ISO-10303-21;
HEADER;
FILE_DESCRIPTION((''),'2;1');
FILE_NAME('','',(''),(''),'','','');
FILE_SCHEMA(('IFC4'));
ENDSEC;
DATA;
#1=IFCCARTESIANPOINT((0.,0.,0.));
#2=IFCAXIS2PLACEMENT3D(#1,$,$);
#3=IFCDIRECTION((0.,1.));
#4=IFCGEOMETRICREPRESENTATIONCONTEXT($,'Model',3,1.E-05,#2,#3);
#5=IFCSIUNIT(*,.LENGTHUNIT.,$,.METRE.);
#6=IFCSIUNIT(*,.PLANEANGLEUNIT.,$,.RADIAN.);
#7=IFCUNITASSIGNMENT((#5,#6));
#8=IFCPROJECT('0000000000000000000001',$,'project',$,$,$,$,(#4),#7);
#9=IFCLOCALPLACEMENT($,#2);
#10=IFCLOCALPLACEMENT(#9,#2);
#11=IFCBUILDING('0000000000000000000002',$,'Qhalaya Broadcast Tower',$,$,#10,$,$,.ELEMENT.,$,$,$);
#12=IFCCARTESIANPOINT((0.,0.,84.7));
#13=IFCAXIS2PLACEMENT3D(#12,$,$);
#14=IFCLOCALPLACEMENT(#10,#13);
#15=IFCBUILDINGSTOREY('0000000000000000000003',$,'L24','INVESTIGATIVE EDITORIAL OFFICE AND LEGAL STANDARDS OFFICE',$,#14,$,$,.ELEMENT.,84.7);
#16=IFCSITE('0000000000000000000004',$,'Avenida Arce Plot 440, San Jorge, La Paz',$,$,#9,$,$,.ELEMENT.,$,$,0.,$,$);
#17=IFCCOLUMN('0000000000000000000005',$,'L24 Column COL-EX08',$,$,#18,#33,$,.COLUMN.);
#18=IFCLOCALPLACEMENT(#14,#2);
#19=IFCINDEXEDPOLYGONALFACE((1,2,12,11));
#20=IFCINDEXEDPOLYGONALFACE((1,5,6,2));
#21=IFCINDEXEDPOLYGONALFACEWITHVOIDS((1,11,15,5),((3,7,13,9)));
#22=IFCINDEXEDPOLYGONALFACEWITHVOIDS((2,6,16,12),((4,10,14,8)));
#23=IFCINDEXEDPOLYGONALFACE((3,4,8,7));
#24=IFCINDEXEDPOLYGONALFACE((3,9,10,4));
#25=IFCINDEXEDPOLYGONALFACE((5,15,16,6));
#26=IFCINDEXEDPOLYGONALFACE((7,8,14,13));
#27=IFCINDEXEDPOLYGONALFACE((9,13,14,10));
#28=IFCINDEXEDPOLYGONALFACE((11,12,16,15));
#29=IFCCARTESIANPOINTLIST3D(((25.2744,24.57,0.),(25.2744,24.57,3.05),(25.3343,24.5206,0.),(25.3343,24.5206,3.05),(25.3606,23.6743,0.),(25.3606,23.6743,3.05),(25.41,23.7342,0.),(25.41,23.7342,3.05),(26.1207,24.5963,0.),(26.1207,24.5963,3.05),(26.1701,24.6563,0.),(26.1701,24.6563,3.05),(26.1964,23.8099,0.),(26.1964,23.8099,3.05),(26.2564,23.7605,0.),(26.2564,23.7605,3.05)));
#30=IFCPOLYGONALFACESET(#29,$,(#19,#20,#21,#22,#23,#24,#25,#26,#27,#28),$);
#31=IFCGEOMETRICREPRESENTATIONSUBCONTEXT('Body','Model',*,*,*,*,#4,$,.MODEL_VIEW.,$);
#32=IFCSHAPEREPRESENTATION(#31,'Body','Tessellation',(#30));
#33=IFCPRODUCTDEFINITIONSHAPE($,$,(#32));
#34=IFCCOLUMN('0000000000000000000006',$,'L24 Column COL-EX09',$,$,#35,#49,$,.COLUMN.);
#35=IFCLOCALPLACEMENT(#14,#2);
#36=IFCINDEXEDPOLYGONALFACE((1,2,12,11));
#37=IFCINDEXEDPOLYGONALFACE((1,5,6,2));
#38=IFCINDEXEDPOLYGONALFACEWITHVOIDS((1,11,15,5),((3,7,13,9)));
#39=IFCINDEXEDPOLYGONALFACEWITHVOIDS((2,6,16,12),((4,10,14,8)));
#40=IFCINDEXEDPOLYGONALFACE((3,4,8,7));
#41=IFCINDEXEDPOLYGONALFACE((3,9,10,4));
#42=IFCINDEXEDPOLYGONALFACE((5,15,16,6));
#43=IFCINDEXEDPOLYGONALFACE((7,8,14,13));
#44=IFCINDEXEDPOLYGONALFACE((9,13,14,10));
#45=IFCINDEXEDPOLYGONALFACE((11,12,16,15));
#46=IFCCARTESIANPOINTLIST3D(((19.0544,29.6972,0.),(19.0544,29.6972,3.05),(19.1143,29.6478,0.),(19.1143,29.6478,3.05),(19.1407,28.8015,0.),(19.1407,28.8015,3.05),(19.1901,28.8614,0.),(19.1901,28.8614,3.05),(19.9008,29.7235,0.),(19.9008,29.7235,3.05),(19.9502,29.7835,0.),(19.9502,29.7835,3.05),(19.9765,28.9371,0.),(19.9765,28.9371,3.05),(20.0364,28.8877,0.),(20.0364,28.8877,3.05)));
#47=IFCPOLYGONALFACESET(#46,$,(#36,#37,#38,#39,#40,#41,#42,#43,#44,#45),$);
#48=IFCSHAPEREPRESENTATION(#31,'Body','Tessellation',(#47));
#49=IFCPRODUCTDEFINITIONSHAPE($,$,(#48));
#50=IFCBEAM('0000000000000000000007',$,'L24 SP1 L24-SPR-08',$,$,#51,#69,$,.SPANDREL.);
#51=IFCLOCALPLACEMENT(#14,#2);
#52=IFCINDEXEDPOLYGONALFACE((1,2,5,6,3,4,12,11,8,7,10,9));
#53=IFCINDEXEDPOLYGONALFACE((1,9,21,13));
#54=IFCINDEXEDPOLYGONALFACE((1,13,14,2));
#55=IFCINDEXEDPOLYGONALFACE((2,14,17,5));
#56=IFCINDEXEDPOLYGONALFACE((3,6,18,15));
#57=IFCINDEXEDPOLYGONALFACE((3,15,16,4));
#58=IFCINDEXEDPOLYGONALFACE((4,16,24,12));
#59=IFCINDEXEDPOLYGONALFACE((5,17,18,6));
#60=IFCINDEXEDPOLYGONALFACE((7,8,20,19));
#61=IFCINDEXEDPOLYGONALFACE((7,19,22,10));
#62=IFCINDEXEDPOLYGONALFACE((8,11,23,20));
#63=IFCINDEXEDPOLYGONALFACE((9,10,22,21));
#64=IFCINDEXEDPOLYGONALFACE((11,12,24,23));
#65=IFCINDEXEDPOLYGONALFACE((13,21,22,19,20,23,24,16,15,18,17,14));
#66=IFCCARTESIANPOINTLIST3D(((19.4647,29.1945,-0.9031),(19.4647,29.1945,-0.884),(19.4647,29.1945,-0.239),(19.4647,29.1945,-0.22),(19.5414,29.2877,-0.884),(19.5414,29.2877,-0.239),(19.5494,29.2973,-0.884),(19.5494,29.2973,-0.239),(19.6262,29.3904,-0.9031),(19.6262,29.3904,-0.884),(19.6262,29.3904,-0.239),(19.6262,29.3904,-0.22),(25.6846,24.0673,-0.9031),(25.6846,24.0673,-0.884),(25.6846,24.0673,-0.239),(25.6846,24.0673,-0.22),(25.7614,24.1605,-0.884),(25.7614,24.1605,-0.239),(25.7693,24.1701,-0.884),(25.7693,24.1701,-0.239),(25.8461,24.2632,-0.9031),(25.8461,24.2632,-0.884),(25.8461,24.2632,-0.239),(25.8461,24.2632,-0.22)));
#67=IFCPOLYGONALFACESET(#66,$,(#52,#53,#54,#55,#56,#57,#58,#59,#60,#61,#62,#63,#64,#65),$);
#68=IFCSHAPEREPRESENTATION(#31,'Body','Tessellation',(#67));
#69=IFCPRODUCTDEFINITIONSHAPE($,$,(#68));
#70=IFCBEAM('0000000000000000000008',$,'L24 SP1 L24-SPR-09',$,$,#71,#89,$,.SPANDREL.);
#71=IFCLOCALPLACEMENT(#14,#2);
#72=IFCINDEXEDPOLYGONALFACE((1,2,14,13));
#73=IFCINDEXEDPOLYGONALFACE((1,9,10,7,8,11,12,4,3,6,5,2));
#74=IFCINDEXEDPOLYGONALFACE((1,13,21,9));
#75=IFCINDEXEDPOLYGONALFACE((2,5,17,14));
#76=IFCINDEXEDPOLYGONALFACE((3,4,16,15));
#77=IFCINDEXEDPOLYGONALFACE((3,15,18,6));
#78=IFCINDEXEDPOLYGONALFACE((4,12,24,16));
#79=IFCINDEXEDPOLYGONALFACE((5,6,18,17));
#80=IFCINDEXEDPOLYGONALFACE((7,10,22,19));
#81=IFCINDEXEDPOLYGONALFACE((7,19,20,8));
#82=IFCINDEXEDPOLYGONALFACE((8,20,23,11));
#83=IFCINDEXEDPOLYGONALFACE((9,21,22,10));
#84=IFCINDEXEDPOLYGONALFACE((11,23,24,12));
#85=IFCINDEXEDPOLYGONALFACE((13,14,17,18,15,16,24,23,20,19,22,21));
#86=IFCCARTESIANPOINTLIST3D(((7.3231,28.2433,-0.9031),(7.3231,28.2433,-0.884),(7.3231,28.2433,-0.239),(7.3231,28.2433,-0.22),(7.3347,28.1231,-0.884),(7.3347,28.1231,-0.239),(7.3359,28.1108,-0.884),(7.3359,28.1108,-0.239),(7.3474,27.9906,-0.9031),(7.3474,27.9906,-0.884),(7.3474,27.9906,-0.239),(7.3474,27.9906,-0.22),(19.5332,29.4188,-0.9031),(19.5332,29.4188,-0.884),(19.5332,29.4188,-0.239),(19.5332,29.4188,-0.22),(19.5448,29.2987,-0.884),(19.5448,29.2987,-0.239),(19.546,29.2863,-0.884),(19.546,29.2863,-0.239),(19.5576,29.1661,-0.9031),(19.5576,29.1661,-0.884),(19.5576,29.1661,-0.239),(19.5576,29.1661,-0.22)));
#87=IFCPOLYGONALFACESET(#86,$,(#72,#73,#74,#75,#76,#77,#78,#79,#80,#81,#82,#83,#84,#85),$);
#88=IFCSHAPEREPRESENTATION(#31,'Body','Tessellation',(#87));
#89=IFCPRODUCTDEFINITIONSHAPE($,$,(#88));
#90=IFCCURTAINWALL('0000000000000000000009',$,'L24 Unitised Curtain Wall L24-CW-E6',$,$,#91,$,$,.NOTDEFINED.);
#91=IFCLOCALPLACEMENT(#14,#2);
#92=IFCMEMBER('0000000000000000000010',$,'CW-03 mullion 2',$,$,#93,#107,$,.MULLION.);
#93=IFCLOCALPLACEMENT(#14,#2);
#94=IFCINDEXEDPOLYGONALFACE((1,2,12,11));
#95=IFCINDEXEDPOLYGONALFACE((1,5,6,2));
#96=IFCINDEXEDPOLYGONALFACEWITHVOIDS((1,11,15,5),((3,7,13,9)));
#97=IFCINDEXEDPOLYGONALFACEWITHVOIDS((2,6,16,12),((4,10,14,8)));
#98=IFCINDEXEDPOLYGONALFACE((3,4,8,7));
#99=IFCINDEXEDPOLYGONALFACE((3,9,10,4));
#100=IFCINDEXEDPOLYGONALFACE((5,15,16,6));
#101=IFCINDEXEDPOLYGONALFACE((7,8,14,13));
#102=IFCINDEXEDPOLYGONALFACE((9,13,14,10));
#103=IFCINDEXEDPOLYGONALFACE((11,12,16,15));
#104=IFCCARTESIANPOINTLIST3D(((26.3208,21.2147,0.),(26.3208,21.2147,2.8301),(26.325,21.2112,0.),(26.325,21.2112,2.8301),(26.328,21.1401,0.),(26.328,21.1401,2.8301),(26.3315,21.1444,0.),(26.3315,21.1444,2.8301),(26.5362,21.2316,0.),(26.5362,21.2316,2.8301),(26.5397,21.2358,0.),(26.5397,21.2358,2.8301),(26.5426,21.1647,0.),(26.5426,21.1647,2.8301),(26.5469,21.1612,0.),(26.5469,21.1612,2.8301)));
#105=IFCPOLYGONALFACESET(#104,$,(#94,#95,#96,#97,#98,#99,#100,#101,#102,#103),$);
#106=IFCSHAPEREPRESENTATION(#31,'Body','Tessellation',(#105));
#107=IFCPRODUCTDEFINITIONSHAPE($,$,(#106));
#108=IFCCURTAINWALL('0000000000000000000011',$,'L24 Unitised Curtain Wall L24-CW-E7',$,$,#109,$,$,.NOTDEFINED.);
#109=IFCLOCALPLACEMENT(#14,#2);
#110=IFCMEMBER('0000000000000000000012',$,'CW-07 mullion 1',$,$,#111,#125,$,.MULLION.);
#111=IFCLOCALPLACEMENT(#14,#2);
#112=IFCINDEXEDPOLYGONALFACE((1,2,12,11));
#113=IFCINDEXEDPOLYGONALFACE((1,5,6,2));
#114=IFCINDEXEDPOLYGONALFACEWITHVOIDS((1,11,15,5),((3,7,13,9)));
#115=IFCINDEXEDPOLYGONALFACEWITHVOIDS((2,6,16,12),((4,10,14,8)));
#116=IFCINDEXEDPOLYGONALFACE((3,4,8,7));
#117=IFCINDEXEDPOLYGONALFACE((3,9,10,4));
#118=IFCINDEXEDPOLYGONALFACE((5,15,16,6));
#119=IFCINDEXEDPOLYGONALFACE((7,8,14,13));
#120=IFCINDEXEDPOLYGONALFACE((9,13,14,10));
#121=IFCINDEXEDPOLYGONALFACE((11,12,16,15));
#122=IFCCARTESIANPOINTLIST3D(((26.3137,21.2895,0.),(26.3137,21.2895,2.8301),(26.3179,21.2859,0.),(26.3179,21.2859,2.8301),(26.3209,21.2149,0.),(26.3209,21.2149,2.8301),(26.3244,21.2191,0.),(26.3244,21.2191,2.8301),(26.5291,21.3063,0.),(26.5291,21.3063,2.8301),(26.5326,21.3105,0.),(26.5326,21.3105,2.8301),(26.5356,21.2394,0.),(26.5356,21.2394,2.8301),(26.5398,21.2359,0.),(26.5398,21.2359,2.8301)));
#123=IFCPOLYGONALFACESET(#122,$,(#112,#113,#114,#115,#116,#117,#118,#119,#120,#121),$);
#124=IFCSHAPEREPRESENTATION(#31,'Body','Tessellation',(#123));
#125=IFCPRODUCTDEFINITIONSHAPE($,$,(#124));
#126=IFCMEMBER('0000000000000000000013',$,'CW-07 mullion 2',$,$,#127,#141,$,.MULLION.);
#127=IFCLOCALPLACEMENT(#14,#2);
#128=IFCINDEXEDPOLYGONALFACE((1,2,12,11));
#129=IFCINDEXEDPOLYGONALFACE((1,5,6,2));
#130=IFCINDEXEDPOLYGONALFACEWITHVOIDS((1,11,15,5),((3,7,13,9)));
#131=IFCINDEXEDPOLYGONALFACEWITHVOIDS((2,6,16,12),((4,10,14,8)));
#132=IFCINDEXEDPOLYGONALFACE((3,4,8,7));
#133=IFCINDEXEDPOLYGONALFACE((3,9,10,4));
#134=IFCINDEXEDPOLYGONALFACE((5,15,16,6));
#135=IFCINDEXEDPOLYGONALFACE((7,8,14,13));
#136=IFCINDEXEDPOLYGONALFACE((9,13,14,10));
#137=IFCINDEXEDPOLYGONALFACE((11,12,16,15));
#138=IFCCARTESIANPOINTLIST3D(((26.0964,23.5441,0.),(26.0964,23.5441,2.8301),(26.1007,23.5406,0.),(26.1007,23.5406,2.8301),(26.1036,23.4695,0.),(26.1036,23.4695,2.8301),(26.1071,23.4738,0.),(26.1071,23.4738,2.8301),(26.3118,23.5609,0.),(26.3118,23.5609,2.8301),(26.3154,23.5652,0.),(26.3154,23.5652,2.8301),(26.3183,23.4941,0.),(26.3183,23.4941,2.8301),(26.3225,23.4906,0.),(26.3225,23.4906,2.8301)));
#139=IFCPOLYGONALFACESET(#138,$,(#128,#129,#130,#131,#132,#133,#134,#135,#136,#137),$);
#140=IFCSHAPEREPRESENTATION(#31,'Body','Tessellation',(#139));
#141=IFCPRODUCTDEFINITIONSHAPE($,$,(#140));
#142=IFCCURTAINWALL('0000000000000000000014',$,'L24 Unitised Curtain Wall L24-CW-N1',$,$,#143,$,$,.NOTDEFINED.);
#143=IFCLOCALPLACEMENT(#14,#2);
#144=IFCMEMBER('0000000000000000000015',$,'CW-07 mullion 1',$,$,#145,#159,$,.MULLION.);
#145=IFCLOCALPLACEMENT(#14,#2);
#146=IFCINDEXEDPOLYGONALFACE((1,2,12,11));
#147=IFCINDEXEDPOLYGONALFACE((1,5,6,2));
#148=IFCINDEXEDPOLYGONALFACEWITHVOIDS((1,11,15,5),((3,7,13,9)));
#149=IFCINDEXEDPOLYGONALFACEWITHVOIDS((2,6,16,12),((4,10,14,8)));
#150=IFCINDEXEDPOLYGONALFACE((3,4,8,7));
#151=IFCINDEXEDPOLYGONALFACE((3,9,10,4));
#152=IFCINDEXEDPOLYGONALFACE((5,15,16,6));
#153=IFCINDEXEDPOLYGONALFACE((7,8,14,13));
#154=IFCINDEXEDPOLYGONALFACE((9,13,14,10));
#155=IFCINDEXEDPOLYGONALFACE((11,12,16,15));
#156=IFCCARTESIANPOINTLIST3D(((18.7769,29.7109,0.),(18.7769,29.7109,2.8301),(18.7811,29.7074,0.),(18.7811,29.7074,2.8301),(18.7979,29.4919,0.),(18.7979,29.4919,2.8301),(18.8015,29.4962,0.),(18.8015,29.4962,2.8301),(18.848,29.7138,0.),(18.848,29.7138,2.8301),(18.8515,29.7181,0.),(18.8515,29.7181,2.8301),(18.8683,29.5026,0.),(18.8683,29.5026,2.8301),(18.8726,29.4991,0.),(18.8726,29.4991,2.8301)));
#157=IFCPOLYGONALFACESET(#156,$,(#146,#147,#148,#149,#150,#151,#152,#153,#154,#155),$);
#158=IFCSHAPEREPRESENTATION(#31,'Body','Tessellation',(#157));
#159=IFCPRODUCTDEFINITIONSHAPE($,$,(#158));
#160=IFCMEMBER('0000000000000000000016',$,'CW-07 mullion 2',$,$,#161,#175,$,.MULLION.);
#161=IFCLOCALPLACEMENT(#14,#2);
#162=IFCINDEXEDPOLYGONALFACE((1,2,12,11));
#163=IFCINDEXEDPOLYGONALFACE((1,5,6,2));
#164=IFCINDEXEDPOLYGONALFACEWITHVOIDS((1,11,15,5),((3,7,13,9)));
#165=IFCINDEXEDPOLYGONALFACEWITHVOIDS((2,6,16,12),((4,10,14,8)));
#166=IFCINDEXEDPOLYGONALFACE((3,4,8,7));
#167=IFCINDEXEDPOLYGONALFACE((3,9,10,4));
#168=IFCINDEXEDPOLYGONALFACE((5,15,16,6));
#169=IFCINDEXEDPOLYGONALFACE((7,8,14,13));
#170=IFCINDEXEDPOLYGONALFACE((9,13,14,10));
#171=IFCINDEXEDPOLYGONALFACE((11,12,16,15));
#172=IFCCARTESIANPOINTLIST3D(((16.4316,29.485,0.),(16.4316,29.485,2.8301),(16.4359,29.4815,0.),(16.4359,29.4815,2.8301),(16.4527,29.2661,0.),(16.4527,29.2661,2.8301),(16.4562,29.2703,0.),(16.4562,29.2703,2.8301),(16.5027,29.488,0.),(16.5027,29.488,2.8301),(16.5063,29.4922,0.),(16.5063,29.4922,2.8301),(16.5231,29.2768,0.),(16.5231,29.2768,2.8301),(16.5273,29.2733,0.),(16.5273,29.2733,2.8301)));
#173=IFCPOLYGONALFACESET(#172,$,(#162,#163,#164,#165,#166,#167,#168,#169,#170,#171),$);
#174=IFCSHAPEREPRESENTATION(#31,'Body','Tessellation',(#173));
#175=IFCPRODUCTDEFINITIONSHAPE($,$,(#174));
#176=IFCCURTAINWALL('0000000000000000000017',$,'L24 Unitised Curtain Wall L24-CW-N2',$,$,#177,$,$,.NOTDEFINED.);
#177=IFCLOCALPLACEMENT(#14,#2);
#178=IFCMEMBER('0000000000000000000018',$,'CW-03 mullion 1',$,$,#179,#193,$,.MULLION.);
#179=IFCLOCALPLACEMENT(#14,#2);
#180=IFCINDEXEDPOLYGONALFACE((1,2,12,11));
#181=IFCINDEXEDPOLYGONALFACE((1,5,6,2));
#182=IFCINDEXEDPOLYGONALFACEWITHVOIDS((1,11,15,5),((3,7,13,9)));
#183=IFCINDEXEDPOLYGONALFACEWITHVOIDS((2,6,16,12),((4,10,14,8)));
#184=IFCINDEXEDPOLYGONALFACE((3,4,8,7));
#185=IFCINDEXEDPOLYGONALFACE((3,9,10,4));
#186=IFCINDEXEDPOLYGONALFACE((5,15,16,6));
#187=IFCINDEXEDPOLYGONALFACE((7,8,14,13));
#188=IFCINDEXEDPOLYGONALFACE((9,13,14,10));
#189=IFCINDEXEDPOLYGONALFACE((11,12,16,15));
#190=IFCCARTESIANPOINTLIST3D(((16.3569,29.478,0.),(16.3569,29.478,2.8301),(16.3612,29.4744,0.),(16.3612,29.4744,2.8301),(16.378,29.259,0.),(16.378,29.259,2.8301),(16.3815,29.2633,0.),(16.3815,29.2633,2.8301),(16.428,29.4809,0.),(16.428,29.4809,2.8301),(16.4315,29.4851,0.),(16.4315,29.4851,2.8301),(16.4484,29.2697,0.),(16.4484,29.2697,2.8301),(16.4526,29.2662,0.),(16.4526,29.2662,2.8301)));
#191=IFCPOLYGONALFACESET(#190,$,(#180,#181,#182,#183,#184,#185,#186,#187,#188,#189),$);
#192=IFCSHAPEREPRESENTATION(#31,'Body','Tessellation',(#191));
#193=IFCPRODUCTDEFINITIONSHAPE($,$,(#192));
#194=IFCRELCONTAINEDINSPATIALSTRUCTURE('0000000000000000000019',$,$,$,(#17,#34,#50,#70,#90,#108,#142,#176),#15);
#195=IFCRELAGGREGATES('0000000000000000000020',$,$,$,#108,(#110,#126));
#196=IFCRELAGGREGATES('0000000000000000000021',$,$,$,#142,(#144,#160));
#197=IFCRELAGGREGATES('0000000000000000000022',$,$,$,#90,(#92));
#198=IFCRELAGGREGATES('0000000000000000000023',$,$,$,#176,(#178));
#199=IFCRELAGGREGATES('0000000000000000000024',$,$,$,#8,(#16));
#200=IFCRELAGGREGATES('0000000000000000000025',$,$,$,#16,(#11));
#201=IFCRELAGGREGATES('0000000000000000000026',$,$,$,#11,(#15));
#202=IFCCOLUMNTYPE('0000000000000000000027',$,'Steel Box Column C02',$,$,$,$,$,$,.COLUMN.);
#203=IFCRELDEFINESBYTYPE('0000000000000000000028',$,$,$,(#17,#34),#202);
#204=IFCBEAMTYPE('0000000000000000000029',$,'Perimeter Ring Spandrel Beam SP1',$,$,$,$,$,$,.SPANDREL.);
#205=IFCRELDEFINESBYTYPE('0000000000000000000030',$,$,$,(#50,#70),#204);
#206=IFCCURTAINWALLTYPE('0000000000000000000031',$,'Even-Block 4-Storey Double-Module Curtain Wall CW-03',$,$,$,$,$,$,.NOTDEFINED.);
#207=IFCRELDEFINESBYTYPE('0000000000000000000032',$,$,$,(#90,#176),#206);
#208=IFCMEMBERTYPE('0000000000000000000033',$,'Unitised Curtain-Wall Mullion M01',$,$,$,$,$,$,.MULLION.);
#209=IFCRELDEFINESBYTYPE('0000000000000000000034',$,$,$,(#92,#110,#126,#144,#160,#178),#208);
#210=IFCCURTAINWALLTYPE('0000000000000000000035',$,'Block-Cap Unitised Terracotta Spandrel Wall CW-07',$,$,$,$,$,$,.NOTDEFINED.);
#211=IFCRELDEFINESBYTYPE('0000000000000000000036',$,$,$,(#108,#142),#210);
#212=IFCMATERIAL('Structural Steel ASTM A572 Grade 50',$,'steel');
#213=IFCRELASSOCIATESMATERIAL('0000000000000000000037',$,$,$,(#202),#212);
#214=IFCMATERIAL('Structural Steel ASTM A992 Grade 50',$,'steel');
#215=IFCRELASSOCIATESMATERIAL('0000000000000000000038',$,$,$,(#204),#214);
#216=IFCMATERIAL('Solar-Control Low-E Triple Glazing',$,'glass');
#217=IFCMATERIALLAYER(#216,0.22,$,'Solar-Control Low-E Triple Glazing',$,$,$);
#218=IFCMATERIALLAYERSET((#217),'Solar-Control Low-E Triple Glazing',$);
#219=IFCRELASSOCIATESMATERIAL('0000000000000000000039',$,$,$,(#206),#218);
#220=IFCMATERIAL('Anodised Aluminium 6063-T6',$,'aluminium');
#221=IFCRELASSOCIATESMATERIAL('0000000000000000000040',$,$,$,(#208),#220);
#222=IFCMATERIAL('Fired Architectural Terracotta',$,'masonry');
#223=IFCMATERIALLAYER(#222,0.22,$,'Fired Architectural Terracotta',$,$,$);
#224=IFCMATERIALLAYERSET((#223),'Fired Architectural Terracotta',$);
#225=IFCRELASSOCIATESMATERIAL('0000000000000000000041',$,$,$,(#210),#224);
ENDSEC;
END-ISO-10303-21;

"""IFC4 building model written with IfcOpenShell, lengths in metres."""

from ifc_helpers import new_model, si_unit, direction, frame, origin, origin_2d, place, context, subcontext, project, spatial, hollow_rectangle, i_section, extrude, material, layer, layer_set, material_profile, profile_set, type_object, element, aggregate, save


model = new_model("IFC4")

# Units and contexts
model_context = context("Model", 3, precision=1e-05, world=origin(), true_north=direction((0.0, 1.0)))
body_context = subcontext(model_context, "Body", "Model", "MODEL_VIEW")
ifc_project = project(units=[si_unit("LENGTHUNIT", "METRE"), si_unit("PLANEANGLEUNIT", "RADIAN")], contexts=[model_context])

# Site, building, storey
site_placement = place(None, origin())
site = spatial("IfcSite", under=ifc_project, at=site_placement, Name="Avenida Arce Plot 440, San Jorge, La Paz", CompositionType="ELEMENT", RefElevation=0.0)
building_placement = place(site_placement, origin())
building = spatial("IfcBuilding", under=site, at=building_placement, Name="Qhalaya Broadcast Tower", CompositionType="ELEMENT")
storey_placement = place(building_placement, frame((0.0, 0.0, 84.7)))
storey = spatial("IfcBuildingStorey", under=building, at=storey_placement, Name="L24", Description="INVESTIGATIVE EDITORIAL OFFICE AND LEGAL STANDARDS OFFICE", CompositionType="ELEMENT", Elevation=84.7)

# Columns
ifc_material_1 = material(Name="Structural Steel ASTM A572 Grade 50", Category="steel")
ifc_material_profile_1 = material_profile(ifc_material_1, hollow_rectangle(XDim=0.8999, YDim=0.8999, WallThickness=0.0549, at=origin_2d()), Name="BOX 900x900x55")
ifc_profile_set_1 = profile_set([ifc_material_profile_1], Name="Structural Steel ASTM A572 Grade 50")
column_type = type_object("IfcColumnType", Name="Steel Box Column C02", PredefinedType="COLUMN", material=ifc_profile_set_1)
for number, where, z_axis, x_axis, name in (
    (1, (25.7654, 24.1653, 0.0), (0.0, 0.0, 1.0), (-0.095846, 0.995396, 0.0), "L24 Column COL-EX08"),
    (2, (19.5454, 29.2925, 0.0), (0.0, 0.0, 1.0), (0.995396, 0.095846, 0.0), "L24 Column COL-EX09"),
):
    element("IfcColumn", number, at=place(storey_placement, frame(where, z_axis=z_axis, x_axis=x_axis)), inside=storey, type_object=column_type, Name=name, PredefinedType="COLUMN", context=body_context, shape_type="SweptSolid", body=[
        extrude(hollow_rectangle(XDim=0.8999, YDim=0.8999, WallThickness=0.0549, at=origin_2d()), origin(), (0.0, 0.0, 1.0), 3.05),
    ])

# Beams
ifc_material_2 = material(Name="Structural Steel ASTM A992 Grade 50", Category="steel")
ifc_material_profile_2 = material_profile(ifc_material_2, i_section(OverallWidth=0.2539, OverallDepth=0.6831, WebThickness=0.0125, FlangeThickness=0.019, at=origin_2d()), Name="W27X94")
ifc_profile_set_2 = profile_set([ifc_material_profile_2], Name="Structural Steel ASTM A992 Grade 50")
beam_type = type_object("IfcBeamType", Name="Perimeter Ring Spandrel Beam SP1", PredefinedType="SPANDREL", material=ifc_profile_set_2)
beam_1_placement = place(storey_placement, frame((25.7654, 24.1653, -0.5615), z_axis=(-0.771634, 0.636067, 0.0), x_axis=(-0.636067, -0.771634, 0.0)))
element("IfcBeam", 3, at=beam_1_placement, inside=storey, type_object=beam_type, Name="L24 SP1 L24-SPR-08", PredefinedType="SPANDREL", context=body_context, shape_type="SweptSolid", body=[
    extrude(i_section(OverallWidth=0.2539, OverallDepth=0.6831, WebThickness=0.0125, FlangeThickness=0.019, at=origin_2d()), origin(), (0.0, 0.0, 1.0), 8.0608),
])
beam_2_placement = place(storey_placement, frame((19.5454, 29.2925, -0.5615), z_axis=(-0.995398, -0.095832, 0.0), x_axis=(0.095832, -0.995398, 0.0)))
element("IfcBeam", 4, at=beam_2_placement, inside=storey, type_object=beam_type, Name="L24 SP1 L24-SPR-09", PredefinedType="SPANDREL", context=body_context, shape_type="SweptSolid", body=[
    extrude(i_section(OverallWidth=0.2539, OverallDepth=0.6831, WebThickness=0.0125, FlangeThickness=0.019, at=origin_2d()), origin(), (0.0, 0.0, 1.0), 12.2666),
])

# Curtain wall, member
ifc_material_3 = material(Name="Solar-Control Low-E Triple Glazing", Category="glass")
ifc_layer_1 = layer(ifc_material_3, 0.22, Name="Solar-Control Low-E Triple Glazing")
ifc_layer_set_1 = layer_set([ifc_layer_1], Name="Solar-Control Low-E Triple Glazing")
curtain_wall_type_1 = type_object("IfcCurtainWallType", Name="Even-Block 4-Storey Double-Module Curtain Wall CW-03", PredefinedType="NOTDEFINED", material=ifc_layer_set_1)
curtain_wall_1_placement = place(storey_placement, origin())
curtain_wall_1 = element("IfcCurtainWall", 5, at=curtain_wall_1_placement, inside=storey, type_object=curtain_wall_type_1, Name="L24 Unitised Curtain Wall L24-CW-E6", PredefinedType="NOTDEFINED")
ifc_material_4 = material(Name="Anodised Aluminium 6063-T6", Category="aluminium")
ifc_material_profile_3 = material_profile(ifc_material_4, hollow_rectangle(XDim=0.075, YDim=0.22, WallThickness=0.0039, at=origin_2d()), Name="ALU-MUL 75x220x4")
ifc_profile_set_3 = profile_set([ifc_material_profile_3], Name="Anodised Aluminium 6063-T6")
member_type_1 = type_object("IfcMemberType", Name="Unitised Curtain-Wall Mullion M01", PredefinedType="MULLION", material=ifc_profile_set_3)
member_1_placement = place(storey_placement, frame((26.4338, 21.188, 0.0), z_axis=(0.0, 0.0, 1.0), x_axis=(-0.095845, 0.995396, 0.0)))
member_1 = element("IfcMember", 6, at=member_1_placement, type_object=member_type_1, Name="CW-03 mullion 2", PredefinedType="MULLION", context=body_context, shape_type="SweptSolid", body=[
    extrude(hollow_rectangle(XDim=0.075, YDim=0.22, WallThickness=0.0039, at=origin_2d()), origin(), (0.0, 0.0, 1.0), 2.8301),
])

# Curtain walls, members
ifc_material_5 = material(Name="Fired Architectural Terracotta", Category="masonry")
ifc_layer_2 = layer(ifc_material_5, 0.22, Name="Fired Architectural Terracotta")
ifc_layer_set_2 = layer_set([ifc_layer_2], Name="Fired Architectural Terracotta")
curtain_wall_type_2 = type_object("IfcCurtainWallType", Name="Block-Cap Unitised Terracotta Spandrel Wall CW-07", PredefinedType="NOTDEFINED", material=ifc_layer_set_2)
curtain_wall_2_placement = place(storey_placement, origin())
curtain_wall_2 = element("IfcCurtainWall", 7, at=curtain_wall_2_placement, inside=storey, type_object=curtain_wall_type_2, Name="L24 Unitised Curtain Wall L24-CW-E7", PredefinedType="NOTDEFINED")
member_2_placement = place(storey_placement, frame((26.4268, 21.2627, 0.0), z_axis=(0.0, 0.0, 1.0), x_axis=(-0.095852, 0.995396, 0.0)))
member_2 = element("IfcMember", 8, at=member_2_placement, type_object=member_type_1, Name="CW-07 mullion 1", PredefinedType="MULLION", context=body_context, shape_type="SweptSolid", body=[
    extrude(hollow_rectangle(XDim=0.075, YDim=0.22, WallThickness=0.0039, at=origin_2d()), origin(), (0.0, 0.0, 1.0), 2.8301),
])
member_3_placement = place(storey_placement, frame((26.2095, 23.5173, 0.0), z_axis=(0.0, 0.0, 1.0), x_axis=(-0.095852, 0.995396, 0.0)))
member_3 = element("IfcMember", 9, at=member_3_placement, type_object=member_type_1, Name="CW-07 mullion 2", PredefinedType="MULLION", context=body_context, shape_type="SweptSolid", body=[
    extrude(hollow_rectangle(XDim=0.075, YDim=0.22, WallThickness=0.0039, at=origin_2d()), origin(), (0.0, 0.0, 1.0), 2.8301),
])
curtain_wall_3_placement = place(storey_placement, origin())
curtain_wall_3 = element("IfcCurtainWall", 10, at=curtain_wall_3_placement, inside=storey, type_object=curtain_wall_type_2, Name="L24 Unitised Curtain Wall L24-CW-N1", PredefinedType="NOTDEFINED")
member_4_placement = place(storey_placement, frame((18.8247, 29.605, 0.0), z_axis=(0.0, 0.0, 1.0), x_axis=(-0.995396, -0.095846, 0.0)))
member_4 = element("IfcMember", 11, at=member_4_placement, type_object=member_type_1, Name="CW-07 mullion 1", PredefinedType="MULLION", context=body_context, shape_type="SweptSolid", body=[
    extrude(hollow_rectangle(XDim=0.075, YDim=0.22, WallThickness=0.0039, at=origin_2d()), origin(), (0.0, 0.0, 1.0), 2.8301),
])
member_5_placement = place(storey_placement, frame((16.4795, 29.3792, 0.0), z_axis=(0.0, 0.0, 1.0), x_axis=(-0.995396, -0.095846, 0.0)))
member_5 = element("IfcMember", 12, at=member_5_placement, type_object=member_type_1, Name="CW-07 mullion 2", PredefinedType="MULLION", context=body_context, shape_type="SweptSolid", body=[
    extrude(hollow_rectangle(XDim=0.075, YDim=0.22, WallThickness=0.0039, at=origin_2d()), origin(), (0.0, 0.0, 1.0), 2.8301),
])

# Curtain wall, member
curtain_wall_4_placement = place(storey_placement, origin())
curtain_wall_4 = element("IfcCurtainWall", 13, at=curtain_wall_4_placement, inside=storey, type_object=curtain_wall_type_1, Name="L24 Unitised Curtain Wall L24-CW-N2", PredefinedType="NOTDEFINED")
member_6_placement = place(storey_placement, frame((16.4048, 29.3721, 0.0), z_axis=(0.0, 0.0, 1.0), x_axis=(-0.995396, -0.095852, 0.0)))
member_6 = element("IfcMember", 14, at=member_6_placement, type_object=member_type_1, Name="CW-03 mullion 1", PredefinedType="MULLION", context=body_context, shape_type="SweptSolid", body=[
    extrude(hollow_rectangle(XDim=0.075, YDim=0.22, WallThickness=0.0039, at=origin_2d()), origin(), (0.0, 0.0, 1.0), 2.8301),
])

aggregate(curtain_wall_2, [member_2, member_3])
aggregate(curtain_wall_3, [member_4, member_5])
aggregate(curtain_wall_1, [member_1])
aggregate(curtain_wall_4, [member_6])

save(model, "model.ifc")
